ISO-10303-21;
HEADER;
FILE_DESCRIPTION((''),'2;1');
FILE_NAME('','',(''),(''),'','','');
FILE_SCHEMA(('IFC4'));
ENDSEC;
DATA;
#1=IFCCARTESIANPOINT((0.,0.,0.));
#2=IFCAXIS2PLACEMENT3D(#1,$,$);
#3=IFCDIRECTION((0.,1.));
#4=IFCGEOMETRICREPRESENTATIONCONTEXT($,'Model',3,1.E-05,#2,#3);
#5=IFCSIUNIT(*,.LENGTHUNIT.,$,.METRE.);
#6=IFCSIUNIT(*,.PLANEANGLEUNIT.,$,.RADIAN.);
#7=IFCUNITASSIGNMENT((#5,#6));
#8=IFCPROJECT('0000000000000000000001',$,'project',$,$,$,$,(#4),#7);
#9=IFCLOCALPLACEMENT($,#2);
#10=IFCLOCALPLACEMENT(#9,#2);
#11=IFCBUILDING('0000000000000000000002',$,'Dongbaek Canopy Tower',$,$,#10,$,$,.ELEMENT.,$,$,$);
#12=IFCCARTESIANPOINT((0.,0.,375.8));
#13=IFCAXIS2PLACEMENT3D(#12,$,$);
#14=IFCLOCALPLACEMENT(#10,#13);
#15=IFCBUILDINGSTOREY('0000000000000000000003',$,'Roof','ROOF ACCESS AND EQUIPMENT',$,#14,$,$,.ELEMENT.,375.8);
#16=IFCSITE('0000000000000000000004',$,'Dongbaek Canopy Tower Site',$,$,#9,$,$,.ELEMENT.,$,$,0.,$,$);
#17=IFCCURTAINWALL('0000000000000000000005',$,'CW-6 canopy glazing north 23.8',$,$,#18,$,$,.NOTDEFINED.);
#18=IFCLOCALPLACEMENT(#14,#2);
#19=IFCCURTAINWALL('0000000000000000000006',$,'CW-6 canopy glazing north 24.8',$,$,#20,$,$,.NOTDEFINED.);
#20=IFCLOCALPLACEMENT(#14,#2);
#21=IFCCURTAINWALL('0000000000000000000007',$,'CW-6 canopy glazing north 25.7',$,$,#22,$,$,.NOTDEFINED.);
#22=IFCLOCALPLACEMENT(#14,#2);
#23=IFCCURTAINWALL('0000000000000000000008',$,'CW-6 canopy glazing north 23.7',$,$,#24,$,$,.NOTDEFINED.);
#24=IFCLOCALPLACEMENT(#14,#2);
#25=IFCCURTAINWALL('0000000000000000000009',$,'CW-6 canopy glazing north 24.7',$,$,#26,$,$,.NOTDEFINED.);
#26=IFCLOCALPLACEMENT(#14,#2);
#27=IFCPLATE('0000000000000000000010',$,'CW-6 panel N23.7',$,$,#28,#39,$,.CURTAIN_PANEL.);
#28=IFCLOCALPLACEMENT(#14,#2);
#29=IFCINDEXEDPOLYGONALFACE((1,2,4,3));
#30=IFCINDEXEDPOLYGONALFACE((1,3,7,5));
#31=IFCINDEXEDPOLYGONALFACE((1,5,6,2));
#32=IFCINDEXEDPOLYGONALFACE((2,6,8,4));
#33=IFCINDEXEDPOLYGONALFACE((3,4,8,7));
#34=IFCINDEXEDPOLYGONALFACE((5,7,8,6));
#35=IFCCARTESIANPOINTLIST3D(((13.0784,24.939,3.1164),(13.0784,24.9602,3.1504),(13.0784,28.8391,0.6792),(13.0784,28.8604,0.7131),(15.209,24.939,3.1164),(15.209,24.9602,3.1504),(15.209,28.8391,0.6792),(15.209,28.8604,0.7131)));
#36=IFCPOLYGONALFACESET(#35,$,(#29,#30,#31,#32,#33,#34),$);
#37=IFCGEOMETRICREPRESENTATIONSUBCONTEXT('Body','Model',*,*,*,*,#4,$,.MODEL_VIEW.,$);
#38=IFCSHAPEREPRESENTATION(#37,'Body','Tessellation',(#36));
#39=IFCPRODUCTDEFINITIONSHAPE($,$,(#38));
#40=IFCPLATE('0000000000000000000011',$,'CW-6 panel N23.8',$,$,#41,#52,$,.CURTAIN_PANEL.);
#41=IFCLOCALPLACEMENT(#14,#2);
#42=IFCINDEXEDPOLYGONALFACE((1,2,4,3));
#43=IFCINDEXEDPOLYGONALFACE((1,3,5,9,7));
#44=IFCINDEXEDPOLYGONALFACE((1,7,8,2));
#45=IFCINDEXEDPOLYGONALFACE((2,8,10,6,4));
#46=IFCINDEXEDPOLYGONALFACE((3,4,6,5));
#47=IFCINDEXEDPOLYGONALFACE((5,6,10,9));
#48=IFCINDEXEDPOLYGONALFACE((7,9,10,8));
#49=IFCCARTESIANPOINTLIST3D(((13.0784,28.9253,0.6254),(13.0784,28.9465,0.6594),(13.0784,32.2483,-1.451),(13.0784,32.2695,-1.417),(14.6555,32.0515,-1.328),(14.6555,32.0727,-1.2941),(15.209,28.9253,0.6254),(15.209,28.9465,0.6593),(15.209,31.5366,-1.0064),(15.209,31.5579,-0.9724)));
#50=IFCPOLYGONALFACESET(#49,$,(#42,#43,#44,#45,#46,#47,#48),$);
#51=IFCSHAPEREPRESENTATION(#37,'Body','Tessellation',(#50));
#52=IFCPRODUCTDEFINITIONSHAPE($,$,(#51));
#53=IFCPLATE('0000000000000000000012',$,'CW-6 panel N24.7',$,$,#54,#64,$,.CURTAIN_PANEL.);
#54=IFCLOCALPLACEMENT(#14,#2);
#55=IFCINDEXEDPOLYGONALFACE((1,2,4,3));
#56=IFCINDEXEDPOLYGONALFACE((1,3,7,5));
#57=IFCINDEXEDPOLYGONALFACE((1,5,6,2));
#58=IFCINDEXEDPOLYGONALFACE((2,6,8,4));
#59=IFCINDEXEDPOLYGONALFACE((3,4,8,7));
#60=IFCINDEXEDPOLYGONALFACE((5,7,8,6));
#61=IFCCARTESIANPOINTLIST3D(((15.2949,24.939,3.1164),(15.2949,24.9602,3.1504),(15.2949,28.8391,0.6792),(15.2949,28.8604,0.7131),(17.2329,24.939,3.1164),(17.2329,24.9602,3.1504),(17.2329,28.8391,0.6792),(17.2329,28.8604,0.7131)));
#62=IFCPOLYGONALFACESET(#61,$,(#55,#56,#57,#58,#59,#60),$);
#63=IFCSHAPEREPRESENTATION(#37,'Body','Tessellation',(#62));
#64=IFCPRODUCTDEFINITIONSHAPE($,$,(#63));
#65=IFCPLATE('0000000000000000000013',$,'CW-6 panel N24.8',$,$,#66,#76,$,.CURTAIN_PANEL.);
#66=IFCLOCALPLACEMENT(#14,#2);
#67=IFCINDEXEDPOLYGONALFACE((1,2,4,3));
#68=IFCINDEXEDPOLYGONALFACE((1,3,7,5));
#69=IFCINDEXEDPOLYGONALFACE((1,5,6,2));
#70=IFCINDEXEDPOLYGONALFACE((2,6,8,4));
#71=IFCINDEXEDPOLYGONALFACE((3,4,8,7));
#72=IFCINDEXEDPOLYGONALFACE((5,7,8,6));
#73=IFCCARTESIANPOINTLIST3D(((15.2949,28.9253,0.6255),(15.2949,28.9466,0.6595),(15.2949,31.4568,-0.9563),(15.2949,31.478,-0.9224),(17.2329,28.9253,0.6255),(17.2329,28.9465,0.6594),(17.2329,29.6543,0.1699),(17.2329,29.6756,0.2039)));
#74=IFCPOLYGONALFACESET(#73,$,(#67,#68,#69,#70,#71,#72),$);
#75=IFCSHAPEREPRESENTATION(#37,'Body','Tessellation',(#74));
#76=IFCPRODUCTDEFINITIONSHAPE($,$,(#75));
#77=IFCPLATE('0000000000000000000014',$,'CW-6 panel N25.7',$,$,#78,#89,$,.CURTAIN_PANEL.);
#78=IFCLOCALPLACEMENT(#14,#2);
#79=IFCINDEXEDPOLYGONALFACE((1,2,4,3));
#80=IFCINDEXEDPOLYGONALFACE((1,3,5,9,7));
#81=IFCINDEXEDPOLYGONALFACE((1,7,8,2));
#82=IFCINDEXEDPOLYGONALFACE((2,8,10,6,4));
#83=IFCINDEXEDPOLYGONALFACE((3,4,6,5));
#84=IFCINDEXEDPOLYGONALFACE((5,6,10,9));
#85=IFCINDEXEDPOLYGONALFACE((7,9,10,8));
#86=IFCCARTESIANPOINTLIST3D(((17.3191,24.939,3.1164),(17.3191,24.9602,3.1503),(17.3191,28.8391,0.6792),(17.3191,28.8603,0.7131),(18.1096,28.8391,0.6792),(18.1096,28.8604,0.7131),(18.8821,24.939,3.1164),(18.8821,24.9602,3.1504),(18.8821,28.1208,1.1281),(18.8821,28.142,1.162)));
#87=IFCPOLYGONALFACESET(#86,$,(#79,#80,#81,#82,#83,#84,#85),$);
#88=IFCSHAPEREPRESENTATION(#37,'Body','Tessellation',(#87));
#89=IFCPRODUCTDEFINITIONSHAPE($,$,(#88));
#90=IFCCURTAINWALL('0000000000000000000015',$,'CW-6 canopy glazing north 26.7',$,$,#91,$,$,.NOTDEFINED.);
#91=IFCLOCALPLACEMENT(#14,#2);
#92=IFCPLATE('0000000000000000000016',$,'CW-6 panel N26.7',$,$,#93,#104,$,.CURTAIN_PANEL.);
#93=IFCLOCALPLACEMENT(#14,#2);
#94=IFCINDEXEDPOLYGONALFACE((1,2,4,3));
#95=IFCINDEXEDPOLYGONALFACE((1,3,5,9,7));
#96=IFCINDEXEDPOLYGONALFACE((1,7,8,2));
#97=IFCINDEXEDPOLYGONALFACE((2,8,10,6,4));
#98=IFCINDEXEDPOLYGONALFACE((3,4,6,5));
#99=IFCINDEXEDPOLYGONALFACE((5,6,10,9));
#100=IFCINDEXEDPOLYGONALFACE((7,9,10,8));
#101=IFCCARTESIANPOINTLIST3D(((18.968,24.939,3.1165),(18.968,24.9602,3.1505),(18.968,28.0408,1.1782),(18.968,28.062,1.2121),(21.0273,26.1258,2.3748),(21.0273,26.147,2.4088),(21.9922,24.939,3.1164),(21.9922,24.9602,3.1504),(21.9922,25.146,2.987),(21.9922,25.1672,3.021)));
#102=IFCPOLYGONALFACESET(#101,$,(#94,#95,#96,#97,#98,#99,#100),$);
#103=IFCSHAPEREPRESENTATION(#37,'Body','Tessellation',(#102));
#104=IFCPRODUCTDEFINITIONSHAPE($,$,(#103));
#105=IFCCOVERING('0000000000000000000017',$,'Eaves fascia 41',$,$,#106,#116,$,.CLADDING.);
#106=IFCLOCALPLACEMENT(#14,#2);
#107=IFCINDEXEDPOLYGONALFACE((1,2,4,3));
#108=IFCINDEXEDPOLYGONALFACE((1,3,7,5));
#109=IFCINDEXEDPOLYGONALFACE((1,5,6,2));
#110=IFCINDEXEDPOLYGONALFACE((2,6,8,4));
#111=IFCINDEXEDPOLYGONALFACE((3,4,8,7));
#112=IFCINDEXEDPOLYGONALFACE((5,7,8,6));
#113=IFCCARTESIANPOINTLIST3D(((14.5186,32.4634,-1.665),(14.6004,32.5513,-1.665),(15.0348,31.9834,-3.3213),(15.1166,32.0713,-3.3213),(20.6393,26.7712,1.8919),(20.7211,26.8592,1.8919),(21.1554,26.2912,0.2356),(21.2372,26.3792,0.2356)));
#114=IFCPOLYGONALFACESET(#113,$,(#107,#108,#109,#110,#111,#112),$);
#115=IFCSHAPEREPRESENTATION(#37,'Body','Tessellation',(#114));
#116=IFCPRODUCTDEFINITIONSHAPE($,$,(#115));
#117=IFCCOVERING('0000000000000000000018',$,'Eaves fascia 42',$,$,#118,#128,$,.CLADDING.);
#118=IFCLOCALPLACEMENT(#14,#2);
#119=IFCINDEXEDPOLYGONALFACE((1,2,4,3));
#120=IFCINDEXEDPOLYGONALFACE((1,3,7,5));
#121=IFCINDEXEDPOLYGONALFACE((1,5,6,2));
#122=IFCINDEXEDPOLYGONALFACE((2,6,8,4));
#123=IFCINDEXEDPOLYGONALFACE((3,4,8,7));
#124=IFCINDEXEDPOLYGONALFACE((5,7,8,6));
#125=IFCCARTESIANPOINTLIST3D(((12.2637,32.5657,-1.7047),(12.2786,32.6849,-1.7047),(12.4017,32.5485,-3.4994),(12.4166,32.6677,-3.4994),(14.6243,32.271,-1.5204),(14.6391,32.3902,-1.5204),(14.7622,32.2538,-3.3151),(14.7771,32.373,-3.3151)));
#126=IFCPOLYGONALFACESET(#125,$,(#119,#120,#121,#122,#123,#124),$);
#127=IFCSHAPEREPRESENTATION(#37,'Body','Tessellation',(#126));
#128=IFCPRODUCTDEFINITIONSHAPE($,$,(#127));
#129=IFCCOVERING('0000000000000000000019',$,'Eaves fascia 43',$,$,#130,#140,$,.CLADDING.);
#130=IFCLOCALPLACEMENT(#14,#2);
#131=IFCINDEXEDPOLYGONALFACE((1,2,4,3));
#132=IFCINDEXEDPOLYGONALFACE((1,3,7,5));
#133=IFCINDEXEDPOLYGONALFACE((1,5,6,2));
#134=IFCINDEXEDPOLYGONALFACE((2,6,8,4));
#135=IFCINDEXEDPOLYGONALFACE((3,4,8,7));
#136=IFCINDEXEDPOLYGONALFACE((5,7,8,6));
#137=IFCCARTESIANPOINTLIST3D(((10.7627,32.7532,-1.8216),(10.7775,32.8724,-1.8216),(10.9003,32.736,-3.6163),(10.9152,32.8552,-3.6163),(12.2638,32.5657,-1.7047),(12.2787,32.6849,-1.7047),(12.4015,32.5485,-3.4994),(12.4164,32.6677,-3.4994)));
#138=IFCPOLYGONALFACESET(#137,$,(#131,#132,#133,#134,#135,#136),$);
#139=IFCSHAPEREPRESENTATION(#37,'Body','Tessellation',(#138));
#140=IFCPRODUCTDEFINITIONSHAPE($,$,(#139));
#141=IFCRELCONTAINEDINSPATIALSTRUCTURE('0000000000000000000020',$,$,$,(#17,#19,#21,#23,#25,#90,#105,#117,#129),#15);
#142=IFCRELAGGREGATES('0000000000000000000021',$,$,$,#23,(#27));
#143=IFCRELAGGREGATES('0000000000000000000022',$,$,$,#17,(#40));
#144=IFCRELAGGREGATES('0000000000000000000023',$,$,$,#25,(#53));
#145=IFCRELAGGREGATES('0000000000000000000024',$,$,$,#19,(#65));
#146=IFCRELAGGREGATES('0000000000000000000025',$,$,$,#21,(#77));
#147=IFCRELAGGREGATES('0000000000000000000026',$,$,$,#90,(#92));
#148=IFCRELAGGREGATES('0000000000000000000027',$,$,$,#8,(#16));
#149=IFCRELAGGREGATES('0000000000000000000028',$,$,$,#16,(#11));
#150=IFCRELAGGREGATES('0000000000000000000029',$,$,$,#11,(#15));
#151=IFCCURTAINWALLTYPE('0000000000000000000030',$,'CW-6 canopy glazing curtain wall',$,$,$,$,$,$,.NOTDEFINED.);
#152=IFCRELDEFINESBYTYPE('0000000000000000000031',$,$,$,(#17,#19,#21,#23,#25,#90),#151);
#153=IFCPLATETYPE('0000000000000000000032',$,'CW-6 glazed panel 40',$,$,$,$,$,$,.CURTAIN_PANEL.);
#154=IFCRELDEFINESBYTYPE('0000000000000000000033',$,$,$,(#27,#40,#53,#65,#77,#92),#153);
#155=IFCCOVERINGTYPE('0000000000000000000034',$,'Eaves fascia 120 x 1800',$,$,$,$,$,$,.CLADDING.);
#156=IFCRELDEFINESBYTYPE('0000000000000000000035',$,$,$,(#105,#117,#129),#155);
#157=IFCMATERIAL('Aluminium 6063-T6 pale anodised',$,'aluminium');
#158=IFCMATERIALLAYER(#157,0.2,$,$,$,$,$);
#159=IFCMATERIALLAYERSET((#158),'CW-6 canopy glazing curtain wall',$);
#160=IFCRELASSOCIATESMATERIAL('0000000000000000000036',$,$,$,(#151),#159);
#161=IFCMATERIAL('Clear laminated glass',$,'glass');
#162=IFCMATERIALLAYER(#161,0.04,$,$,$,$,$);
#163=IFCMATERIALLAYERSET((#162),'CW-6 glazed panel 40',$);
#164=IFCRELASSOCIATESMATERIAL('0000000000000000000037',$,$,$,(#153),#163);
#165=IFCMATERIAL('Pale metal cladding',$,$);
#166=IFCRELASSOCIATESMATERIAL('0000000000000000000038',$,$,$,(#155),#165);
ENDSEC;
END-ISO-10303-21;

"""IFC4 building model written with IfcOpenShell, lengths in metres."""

from ifc_helpers import new_model, si_unit, direction, frame, origin, origin_2d, place, context, subcontext, project, spatial, polyline, rectangle, outline, extrude, material, layer, layer_set, material_profile, profile_set, type_object, element, aggregate, save


model = new_model("IFC4")

# Units and contexts
model_context = context("Model", 3, precision=1e-05, world=origin(), true_north=direction((0.0, 1.0)))
body_context = subcontext(model_context, "Body", "Model", "MODEL_VIEW")
ifc_project = project(units=[si_unit("LENGTHUNIT", "METRE"), si_unit("PLANEANGLEUNIT", "RADIAN")], contexts=[model_context])

# Site, building, storey
site_placement = place(None, origin())
site = spatial("IfcSite", under=ifc_project, at=site_placement, Name="Dongbaek Canopy Tower Site", CompositionType="ELEMENT", RefElevation=0.0)
building_placement = place(site_placement, origin())
building = spatial("IfcBuilding", under=site, at=building_placement, Name="Dongbaek Canopy Tower", CompositionType="ELEMENT")
storey_placement = place(building_placement, frame((0.0, 0.0, 375.8)))
storey = spatial("IfcBuildingStorey", under=building, at=storey_placement, Name="Roof", Description="ROOF ACCESS AND EQUIPMENT", CompositionType="ELEMENT", Elevation=375.8)

# Curtain walls
ifc_material_1 = material(Name="Aluminium 6063-T6 pale anodised", Category="aluminium")
ifc_layer_1 = layer(ifc_material_1, 0.2)
ifc_layer_set_1 = layer_set([ifc_layer_1], Name="CW-6 canopy glazing curtain wall")
curtain_wall_type = type_object("IfcCurtainWallType", Name="CW-6 canopy glazing curtain wall", PredefinedType="NOTDEFINED", material=ifc_layer_set_1)
curtain_wall_1_placement = place(storey_placement, origin())
curtain_wall_1 = element("IfcCurtainWall", 1, at=curtain_wall_1_placement, inside=storey, type_object=curtain_wall_type, Name="CW-6 canopy glazing north 23.8", PredefinedType="NOTDEFINED")
curtain_wall_2_placement = place(storey_placement, origin())
curtain_wall_2 = element("IfcCurtainWall", 2, at=curtain_wall_2_placement, inside=storey, type_object=curtain_wall_type, Name="CW-6 canopy glazing north 24.8", PredefinedType="NOTDEFINED")
curtain_wall_3_placement = place(storey_placement, origin())
curtain_wall_3 = element("IfcCurtainWall", 3, at=curtain_wall_3_placement, inside=storey, type_object=curtain_wall_type, Name="CW-6 canopy glazing north 25.7", PredefinedType="NOTDEFINED")
curtain_wall_4_placement = place(storey_placement, origin())
curtain_wall_4 = element("IfcCurtainWall", 4, at=curtain_wall_4_placement, inside=storey, type_object=curtain_wall_type, Name="CW-6 canopy glazing north 23.7", PredefinedType="NOTDEFINED")
curtain_wall_5_placement = place(storey_placement, origin())
curtain_wall_5 = element("IfcCurtainWall", 5, at=curtain_wall_5_placement, inside=storey, type_object=curtain_wall_type, Name="CW-6 canopy glazing north 24.7", PredefinedType="NOTDEFINED")

# Plates
ifc_material_2 = material(Name="Clear laminated glass", Category="glass")
ifc_layer_2 = layer(ifc_material_2, 0.04)
ifc_layer_set_2 = layer_set([ifc_layer_2], Name="CW-6 glazed panel 40")
plate_type = type_object("IfcPlateType", Name="CW-6 glazed panel 40", PredefinedType="CURTAIN_PANEL", material=ifc_layer_set_2)
plate_1_placement = place(storey_placement, frame((15.209, 24.9602, 3.1504), z_axis=(0.0, 0.529946, 0.848031), x_axis=(-1.0, 0.0, 0.0)))
plate_1 = element("IfcPlate", 6, at=plate_1_placement, type_object=plate_type, Name="CW-6 panel N23.7", PredefinedType="CURTAIN_PANEL", context=body_context, shape_type="SweptSolid", body=[
    extrude(outline(polyline([(0.0, 0.0), (2.1306, 0.0), (2.1306, -4.5991), (0.0, -4.5991), (0.0, 0.0)])), origin(), (0.0, 0.0, -1.0), 0.04),
])
aggregate(curtain_wall_4, [plate_1])
plate_2_placement = place(storey_placement, frame((15.209, 31.5579, -0.9724), z_axis=(0.000019, 0.529909, 0.848054), x_axis=(0.0, -0.848054, 0.529909)))
plate_2 = element("IfcPlate", 7, at=plate_2_placement, type_object=plate_type, Name="CW-6 panel N23.8", PredefinedType="CURTAIN_PANEL", context=body_context, shape_type="SweptSolid", body=[
    extrude(outline(polyline([(0.0, 0.0), (3.0793, 0.0), (3.0793, -2.1306), (-0.8391, -2.1306), (-0.607, -0.5535), (0.0, 0.0)])), origin(), (0.0, 0.0, -1.0), 0.04),
])
aggregate(curtain_wall_1, [plate_2])
plate_3_placement = place(storey_placement, frame((17.2329, 24.9602, 3.1504), z_axis=(0.0, 0.529946, 0.848031), x_axis=(-1.0, 0.0, 0.0)))
plate_3 = element("IfcPlate", 8, at=plate_3_placement, type_object=plate_type, Name="CW-6 panel N24.7", PredefinedType="CURTAIN_PANEL", context=body_context, shape_type="SweptSolid", body=[
    extrude(outline(polyline([(0.0, 0.0), (1.938, 0.0), (1.938, -4.5991), (0.0, -4.5991), (0.0, 0.0)])), origin(), (0.0, 0.0, -1.0), 0.04),
])
aggregate(curtain_wall_5, [plate_3])
plate_4_placement = place(storey_placement, frame((17.2329, 28.9465, 0.6594), z_axis=(0.000018, 0.529913, 0.848052), x_axis=(-1.0, 0.00001, 0.000015)))
plate_4 = element("IfcPlate", 9, at=plate_4_placement, type_object=plate_type, Name="CW-6 panel N24.8", PredefinedType="CURTAIN_PANEL", context=body_context, shape_type="SweptSolid", body=[
    extrude(outline(polyline([(0.0, 0.0), (1.938, 0.0), (1.938, -2.985), (0.0, -0.8596), (0.0, 0.0)])), origin(), (0.0, 0.0, -1.0), 0.04),
])
aggregate(curtain_wall_2, [plate_4])
plate_5_placement = place(storey_placement, frame((18.8821, 24.9602, 3.1504), z_axis=(-0.000035, 0.529941, 0.848034), x_axis=(-1.0, -0.000019, -0.00003)))
plate_5 = element("IfcPlate", 10, at=plate_5_placement, type_object=plate_type, Name="CW-6 panel N25.7", PredefinedType="CURTAIN_PANEL", context=body_context, shape_type="SweptSolid", body=[
    extrude(outline(polyline([(0.0, 0.0), (1.563, 0.0), (1.563, -4.5991), (0.7725, -4.5991), (0.0, -3.752), (0.0, 0.0)])), origin(), (0.0, 0.0, -1.0), 0.04),
])
aggregate(curtain_wall_3, [plate_5])

# Curtain wall, plate
curtain_wall_6_placement = place(storey_placement, origin())
curtain_wall_6 = element("IfcCurtainWall", 11, at=curtain_wall_6_placement, inside=storey, type_object=curtain_wall_type, Name="CW-6 canopy glazing north 26.7", PredefinedType="NOTDEFINED")
plate_6_placement = place(storey_placement, frame((21.9922, 25.1672, 3.021), z_axis=(0.000032, 0.529944, 0.848032), x_axis=(0.0, -0.848032, 0.529944)))
plate_6 = element("IfcPlate", 12, at=plate_6_placement, type_object=plate_type, Name="CW-6 panel N26.7", PredefinedType="CURTAIN_PANEL", context=body_context, shape_type="SweptSolid", body=[
    extrude(outline(polyline([(0.0, 0.0), (0.2441, 0.0), (0.2441, -3.0242), (-3.4134, -3.0242), (-1.1553, -0.9648), (0.0, 0.0)])), origin(), (0.0, 0.0, -1.0), 0.04),
])
aggregate(curtain_wall_6, [plate_6])

# Coverings
ifc_material_3 = material(Name="Pale metal cladding")
ifc_material_profile_1 = material_profile(ifc_material_3, rectangle(XDim=0.1201, YDim=1.8, at=origin_2d()), Name="Eaves fascia 120 x 1800")
ifc_profile_set_1 = profile_set([ifc_material_profile_1], Name="Pale metal cladding")
covering_type = type_object("IfcCoveringType", Name="Eaves fascia 120 x 1800", PredefinedType="CLADDING", material=ifc_profile_set_1)
covering_1_placement = place(storey_placement, frame((20.9382, 26.5752, 1.0637), z_axis=(-0.673801, 0.626632, -0.391568), x_axis=(-0.681011, -0.732273, 0.0)))
element("IfcCovering", 13, at=covering_1_placement, inside=storey, type_object=covering_type, Name="Eaves fascia 41", PredefinedType="CLADDING", context=body_context, shape_type="SweptSolid", body=[
    extrude(rectangle(XDim=0.1201, YDim=1.8, at=origin_2d()), origin(), (0.0, 0.0, 1.0), 9.0837),
])
covering_2_placement = place(storey_placement, frame((14.7007, 32.322, -2.4177), z_axis=(-0.989333, 0.1235, -0.077252), x_axis=(-0.123871, -0.992298, 0.0)))
element("IfcCovering", 14, at=covering_2_placement, inside=storey, type_object=covering_type, Name="Eaves fascia 42", PredefinedType="CLADDING", context=body_context, shape_type="SweptSolid", body=[
    extrude(rectangle(XDim=0.1201, YDim=1.8, at=origin_2d()), origin(), (0.0, 0.0, 1.0), 2.386),
])
covering_3_placement = place(storey_placement, frame((12.3401, 32.6167, -2.6021), z_axis=(-0.989339, 0.123567, -0.077068), x_axis=(-0.123935, -0.99229, 0.0)))
element("IfcCovering", 15, at=covering_3_placement, inside=storey, type_object=covering_type, Name="Eaves fascia 43", PredefinedType="CLADDING", context=body_context, shape_type="SweptSolid", body=[
    extrude(rectangle(XDim=0.1201, YDim=1.8, at=origin_2d()), origin(), (0.0, 0.0, 1.0), 1.5173),
])

save(model, "model.ifc")
